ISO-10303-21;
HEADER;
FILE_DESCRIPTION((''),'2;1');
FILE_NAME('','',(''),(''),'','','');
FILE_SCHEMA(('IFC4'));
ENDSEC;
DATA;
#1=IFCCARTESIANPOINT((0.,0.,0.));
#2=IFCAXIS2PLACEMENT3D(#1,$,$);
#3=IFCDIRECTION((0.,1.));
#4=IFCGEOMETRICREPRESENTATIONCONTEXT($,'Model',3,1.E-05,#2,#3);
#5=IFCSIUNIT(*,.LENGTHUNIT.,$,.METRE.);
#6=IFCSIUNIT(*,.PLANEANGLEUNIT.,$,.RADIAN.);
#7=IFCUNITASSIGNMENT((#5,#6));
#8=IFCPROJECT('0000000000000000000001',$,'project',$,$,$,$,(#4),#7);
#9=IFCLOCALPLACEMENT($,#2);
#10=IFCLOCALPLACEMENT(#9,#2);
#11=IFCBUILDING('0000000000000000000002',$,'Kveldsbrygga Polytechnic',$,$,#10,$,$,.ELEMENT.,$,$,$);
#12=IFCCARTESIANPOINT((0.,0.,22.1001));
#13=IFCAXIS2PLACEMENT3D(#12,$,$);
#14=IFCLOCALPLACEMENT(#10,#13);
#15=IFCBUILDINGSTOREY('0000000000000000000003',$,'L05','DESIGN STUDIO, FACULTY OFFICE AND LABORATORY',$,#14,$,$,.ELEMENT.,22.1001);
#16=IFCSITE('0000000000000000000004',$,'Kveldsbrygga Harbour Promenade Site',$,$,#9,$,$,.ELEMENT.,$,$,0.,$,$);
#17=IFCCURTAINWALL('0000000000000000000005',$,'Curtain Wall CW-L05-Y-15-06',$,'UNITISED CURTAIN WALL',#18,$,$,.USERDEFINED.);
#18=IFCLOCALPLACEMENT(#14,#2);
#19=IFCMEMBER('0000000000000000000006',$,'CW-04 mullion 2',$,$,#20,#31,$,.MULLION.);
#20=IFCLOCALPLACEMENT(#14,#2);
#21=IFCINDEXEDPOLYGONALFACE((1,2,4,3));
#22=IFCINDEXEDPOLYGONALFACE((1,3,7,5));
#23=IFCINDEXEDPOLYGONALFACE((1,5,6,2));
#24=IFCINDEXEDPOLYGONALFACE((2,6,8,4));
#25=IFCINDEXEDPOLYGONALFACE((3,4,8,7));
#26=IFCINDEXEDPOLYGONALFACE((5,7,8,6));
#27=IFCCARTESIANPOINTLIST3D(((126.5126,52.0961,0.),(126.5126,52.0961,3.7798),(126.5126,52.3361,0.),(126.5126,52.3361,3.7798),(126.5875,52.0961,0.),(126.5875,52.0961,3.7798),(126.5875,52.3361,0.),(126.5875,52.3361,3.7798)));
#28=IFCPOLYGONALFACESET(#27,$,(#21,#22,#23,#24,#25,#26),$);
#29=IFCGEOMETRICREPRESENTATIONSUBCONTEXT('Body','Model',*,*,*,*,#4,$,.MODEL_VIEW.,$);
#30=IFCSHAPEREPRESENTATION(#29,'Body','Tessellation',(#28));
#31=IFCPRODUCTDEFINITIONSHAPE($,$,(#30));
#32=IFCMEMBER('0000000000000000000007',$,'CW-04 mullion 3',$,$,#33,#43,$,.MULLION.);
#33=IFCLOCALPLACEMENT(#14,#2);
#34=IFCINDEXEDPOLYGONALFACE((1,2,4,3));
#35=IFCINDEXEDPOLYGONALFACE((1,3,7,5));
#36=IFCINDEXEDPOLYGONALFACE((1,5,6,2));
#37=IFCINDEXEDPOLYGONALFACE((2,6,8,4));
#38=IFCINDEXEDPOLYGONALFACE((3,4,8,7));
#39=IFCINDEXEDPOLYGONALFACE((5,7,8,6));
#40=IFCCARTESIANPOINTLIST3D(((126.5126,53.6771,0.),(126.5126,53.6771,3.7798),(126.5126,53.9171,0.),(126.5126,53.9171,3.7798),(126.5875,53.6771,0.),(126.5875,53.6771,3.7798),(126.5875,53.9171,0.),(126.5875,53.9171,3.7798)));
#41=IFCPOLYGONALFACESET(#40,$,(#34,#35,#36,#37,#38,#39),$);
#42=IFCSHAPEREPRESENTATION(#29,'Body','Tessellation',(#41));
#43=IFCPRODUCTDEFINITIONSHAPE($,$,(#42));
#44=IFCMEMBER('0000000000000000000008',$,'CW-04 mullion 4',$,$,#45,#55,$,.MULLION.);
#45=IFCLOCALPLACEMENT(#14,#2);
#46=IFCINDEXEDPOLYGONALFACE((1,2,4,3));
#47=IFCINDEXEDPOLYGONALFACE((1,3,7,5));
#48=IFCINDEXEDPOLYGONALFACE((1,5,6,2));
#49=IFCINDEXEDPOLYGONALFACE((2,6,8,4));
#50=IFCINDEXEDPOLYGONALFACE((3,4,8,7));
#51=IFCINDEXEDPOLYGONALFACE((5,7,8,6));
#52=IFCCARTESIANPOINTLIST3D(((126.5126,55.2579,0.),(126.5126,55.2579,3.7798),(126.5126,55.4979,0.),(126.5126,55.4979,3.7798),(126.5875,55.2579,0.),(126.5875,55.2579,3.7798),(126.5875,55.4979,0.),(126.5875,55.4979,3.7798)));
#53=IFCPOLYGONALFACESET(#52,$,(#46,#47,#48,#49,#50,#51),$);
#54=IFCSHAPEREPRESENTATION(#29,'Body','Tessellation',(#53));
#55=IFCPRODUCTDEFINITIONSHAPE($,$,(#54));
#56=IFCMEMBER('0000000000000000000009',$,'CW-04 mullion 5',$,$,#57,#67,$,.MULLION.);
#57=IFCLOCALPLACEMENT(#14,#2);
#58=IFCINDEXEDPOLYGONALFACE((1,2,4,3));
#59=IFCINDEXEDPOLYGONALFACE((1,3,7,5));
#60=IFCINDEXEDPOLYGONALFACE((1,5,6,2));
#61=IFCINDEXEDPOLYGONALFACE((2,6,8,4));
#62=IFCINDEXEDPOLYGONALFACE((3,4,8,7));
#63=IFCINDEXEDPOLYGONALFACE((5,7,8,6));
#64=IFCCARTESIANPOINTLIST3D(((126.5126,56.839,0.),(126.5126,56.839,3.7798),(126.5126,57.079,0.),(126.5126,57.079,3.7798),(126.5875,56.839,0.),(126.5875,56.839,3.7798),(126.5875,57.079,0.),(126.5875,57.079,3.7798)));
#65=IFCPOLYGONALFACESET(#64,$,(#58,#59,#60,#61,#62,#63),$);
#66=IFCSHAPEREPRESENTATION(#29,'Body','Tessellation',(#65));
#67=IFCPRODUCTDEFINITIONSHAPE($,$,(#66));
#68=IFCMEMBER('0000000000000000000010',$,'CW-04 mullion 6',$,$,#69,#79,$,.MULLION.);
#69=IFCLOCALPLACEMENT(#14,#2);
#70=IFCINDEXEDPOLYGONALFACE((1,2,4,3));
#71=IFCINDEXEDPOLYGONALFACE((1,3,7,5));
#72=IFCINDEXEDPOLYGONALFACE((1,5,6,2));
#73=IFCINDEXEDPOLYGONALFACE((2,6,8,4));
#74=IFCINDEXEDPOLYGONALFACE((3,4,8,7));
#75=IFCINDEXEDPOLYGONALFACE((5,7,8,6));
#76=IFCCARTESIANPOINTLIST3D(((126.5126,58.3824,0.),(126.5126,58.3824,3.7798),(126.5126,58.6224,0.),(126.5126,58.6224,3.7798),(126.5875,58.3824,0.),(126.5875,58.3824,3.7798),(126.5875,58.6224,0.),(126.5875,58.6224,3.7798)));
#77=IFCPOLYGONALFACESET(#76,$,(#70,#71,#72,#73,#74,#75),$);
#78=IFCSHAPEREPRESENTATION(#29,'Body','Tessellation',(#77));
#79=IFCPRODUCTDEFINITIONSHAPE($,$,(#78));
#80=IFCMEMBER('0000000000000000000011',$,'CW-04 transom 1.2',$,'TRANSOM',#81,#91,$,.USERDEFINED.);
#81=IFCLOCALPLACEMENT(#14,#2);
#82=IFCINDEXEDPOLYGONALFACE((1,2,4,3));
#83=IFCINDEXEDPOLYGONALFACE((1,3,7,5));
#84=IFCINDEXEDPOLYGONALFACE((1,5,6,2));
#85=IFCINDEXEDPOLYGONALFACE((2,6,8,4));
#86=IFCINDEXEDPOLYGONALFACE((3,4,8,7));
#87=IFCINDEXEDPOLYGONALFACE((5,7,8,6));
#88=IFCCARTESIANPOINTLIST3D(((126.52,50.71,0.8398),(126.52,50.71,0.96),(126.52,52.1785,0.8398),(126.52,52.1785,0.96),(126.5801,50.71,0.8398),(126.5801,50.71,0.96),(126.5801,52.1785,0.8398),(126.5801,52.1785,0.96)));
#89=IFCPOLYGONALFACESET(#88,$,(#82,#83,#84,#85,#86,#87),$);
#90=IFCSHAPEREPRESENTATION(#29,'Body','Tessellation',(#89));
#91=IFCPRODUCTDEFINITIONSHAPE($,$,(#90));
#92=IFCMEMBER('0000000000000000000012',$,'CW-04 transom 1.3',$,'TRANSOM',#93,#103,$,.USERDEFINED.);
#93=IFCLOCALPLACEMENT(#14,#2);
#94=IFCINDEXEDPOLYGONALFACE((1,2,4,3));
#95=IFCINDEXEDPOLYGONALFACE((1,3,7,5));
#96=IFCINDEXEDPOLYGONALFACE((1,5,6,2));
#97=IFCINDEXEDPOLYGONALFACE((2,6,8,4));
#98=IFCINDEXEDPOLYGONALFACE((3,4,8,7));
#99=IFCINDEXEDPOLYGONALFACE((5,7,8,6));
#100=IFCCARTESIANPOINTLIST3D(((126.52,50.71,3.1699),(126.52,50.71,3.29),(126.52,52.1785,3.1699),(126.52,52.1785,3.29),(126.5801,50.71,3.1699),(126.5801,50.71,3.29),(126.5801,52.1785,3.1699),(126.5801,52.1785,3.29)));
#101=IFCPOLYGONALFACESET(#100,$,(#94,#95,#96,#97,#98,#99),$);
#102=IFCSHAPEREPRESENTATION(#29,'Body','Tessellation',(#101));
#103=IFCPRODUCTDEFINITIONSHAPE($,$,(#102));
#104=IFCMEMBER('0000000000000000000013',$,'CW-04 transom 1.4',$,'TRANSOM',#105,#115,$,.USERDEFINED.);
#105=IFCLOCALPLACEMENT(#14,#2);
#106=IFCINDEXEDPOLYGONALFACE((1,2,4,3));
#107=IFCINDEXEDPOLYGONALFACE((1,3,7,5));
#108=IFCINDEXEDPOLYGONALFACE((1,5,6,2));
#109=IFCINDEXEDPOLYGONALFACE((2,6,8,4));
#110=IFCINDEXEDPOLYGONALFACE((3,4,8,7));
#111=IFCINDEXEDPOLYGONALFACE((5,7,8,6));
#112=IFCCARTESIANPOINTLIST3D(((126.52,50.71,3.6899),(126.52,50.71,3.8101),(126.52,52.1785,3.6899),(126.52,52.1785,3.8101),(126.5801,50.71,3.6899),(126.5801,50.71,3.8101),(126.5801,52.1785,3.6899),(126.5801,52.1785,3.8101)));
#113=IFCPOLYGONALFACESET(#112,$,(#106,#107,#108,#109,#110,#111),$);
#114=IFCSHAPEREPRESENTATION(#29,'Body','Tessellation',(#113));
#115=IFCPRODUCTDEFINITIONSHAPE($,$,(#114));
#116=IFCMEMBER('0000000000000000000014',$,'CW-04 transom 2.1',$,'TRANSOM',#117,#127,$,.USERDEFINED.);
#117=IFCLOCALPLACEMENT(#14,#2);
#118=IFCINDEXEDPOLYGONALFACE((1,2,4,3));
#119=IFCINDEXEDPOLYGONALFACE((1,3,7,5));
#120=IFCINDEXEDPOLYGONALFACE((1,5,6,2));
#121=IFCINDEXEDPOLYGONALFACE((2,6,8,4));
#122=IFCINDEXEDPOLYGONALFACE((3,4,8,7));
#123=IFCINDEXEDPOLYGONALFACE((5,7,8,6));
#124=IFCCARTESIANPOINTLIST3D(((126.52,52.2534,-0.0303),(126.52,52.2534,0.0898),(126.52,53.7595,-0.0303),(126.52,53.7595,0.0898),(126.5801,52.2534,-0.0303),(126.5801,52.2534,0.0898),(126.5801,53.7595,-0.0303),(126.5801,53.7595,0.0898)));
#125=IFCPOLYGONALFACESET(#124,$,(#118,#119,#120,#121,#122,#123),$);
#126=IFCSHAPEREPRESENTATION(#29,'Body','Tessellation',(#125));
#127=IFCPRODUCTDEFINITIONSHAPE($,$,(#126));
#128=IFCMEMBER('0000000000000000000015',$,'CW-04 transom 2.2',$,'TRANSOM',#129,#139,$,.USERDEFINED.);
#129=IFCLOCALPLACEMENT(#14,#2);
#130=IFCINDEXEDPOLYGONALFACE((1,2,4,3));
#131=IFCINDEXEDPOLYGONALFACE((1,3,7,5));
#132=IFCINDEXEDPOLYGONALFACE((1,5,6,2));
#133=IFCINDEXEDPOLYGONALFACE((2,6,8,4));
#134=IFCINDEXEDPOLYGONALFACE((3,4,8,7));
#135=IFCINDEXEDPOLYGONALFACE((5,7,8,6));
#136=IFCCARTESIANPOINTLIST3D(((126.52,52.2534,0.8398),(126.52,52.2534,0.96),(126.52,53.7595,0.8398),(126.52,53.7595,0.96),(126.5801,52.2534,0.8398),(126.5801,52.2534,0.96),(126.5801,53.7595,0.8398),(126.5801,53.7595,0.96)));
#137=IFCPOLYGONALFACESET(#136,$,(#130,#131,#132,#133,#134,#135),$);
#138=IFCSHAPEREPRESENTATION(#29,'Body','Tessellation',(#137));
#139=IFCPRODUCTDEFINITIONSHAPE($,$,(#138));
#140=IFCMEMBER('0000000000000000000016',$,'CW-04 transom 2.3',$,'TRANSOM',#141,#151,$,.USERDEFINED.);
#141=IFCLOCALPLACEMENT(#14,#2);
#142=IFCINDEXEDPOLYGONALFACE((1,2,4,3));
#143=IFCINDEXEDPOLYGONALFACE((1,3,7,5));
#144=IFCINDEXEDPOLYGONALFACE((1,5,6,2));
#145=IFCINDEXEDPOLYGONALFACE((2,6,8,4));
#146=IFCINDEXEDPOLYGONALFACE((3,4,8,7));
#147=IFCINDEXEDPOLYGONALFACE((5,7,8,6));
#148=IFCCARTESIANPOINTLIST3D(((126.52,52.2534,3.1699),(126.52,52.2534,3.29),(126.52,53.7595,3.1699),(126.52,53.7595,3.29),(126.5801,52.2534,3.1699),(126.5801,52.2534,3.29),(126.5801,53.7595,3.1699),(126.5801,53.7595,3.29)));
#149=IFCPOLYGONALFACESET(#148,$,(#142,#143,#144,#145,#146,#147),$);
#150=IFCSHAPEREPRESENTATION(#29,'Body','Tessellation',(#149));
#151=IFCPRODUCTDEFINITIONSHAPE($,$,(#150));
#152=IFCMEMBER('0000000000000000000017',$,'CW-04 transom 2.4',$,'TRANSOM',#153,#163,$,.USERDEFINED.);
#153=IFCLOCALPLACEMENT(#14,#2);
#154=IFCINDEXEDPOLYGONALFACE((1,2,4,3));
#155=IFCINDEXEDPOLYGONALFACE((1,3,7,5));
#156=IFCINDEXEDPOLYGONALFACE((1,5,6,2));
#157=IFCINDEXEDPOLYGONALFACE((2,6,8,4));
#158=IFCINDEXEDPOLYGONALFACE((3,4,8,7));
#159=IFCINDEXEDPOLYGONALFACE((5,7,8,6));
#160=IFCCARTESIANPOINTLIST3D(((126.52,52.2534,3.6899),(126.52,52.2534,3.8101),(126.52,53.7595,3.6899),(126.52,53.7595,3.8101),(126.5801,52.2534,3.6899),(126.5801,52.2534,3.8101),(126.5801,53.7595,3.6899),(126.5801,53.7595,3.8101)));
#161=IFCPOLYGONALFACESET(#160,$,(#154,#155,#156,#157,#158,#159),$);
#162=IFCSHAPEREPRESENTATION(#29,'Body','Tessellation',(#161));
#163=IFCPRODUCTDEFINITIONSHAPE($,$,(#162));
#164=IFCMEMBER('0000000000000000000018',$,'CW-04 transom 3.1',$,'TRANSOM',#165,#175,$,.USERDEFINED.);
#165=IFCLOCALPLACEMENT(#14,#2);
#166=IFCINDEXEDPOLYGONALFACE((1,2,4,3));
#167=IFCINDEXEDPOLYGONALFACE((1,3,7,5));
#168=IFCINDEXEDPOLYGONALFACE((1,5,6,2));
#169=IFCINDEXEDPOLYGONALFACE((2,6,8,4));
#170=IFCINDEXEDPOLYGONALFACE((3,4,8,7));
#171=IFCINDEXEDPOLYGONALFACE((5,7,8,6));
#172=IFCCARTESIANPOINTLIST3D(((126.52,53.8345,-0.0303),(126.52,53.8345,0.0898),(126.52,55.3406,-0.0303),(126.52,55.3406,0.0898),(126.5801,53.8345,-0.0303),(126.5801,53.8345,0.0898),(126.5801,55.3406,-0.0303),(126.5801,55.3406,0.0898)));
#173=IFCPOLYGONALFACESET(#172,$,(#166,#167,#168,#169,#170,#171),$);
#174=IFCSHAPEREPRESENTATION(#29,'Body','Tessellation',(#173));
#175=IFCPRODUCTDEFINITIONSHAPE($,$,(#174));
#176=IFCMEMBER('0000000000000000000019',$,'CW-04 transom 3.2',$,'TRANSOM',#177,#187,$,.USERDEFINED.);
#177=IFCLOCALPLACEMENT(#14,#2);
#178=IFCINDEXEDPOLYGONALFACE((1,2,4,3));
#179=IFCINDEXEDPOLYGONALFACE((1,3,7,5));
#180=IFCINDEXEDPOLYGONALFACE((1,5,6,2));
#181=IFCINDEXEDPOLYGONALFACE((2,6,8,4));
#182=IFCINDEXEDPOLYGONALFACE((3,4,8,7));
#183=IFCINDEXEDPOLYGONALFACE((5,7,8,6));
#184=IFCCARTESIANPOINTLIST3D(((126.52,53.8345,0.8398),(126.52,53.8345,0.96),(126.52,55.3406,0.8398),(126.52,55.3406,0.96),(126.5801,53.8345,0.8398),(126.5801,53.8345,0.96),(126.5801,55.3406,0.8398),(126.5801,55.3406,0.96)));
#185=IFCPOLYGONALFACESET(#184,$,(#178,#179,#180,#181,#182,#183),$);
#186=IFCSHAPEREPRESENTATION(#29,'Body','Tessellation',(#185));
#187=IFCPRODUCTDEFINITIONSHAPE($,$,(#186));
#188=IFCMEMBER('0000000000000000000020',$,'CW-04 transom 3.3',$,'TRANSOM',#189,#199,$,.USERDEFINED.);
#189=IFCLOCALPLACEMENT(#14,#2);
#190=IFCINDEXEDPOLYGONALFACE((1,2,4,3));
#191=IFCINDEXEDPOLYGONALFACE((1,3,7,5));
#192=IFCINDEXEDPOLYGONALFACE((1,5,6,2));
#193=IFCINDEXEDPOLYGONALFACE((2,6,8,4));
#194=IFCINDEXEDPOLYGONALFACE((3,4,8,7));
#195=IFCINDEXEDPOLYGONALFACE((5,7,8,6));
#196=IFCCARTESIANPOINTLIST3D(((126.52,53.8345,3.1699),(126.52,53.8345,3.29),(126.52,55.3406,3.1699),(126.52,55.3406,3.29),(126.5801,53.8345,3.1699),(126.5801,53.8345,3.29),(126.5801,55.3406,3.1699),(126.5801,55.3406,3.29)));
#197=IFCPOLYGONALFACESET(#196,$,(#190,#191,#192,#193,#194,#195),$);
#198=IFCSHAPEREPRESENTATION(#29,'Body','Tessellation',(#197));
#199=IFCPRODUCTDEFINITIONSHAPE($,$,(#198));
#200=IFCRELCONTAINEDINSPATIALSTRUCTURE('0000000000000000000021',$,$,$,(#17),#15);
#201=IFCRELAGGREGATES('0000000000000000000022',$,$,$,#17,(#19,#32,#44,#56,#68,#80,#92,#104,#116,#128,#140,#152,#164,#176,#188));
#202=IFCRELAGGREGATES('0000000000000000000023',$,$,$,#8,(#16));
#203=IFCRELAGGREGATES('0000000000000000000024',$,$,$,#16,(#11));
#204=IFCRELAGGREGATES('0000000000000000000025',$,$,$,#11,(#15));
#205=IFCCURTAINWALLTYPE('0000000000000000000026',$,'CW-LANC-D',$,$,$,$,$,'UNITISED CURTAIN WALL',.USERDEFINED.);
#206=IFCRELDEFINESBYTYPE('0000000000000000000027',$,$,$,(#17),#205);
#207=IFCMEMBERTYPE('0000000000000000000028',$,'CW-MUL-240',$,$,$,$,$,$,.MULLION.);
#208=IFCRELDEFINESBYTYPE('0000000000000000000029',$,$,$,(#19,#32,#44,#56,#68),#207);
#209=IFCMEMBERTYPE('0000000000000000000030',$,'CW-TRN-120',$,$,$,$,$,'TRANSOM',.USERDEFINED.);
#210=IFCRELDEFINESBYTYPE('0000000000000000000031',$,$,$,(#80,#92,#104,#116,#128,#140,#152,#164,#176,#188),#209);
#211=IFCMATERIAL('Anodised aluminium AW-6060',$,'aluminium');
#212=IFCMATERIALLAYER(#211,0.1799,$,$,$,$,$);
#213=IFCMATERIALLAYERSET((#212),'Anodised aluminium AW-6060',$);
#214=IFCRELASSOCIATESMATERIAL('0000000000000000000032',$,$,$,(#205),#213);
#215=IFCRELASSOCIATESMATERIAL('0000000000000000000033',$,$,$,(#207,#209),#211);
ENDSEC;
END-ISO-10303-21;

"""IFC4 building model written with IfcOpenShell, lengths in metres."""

from ifc_helpers import new_model, si_unit, direction, frame, origin, origin_2d, place, context, subcontext, project, spatial, rectangle, extrude, material, layer, layer_set, material_profile, profile_set, type_object, element, aggregate, save


model = new_model("IFC4")

# Units and contexts
model_context = context("Model", 3, precision=1e-05, world=origin(), true_north=direction((0.0, 1.0)))
body_context = subcontext(model_context, "Body", "Model", "MODEL_VIEW")
ifc_project = project(units=[si_unit("LENGTHUNIT", "METRE"), si_unit("PLANEANGLEUNIT", "RADIAN")], contexts=[model_context])

# Site, building, storey
site_placement = place(None, origin())
site = spatial("IfcSite", under=ifc_project, at=site_placement, Name="Kveldsbrygga Harbour Promenade Site", CompositionType="ELEMENT", RefElevation=0.0)
building_placement = place(site_placement, origin())
building = spatial("IfcBuilding", under=site, at=building_placement, Name="Kveldsbrygga Polytechnic", CompositionType="ELEMENT")
storey_placement = place(building_placement, frame((0.0, 0.0, 22.1001)))
storey = spatial("IfcBuildingStorey", under=building, at=storey_placement, Name="L05", Description="DESIGN STUDIO, FACULTY OFFICE AND LABORATORY", CompositionType="ELEMENT", Elevation=22.1001)

# Curtain wall, members
ifc_material_1 = material(Name="Anodised aluminium AW-6060", Category="aluminium")
ifc_layer_1 = layer(ifc_material_1, 0.1799)
ifc_layer_set_1 = layer_set([ifc_layer_1], Name="Anodised aluminium AW-6060")
curtain_wall_type = type_object("IfcCurtainWallType", Name="CW-LANC-D", ElementType="UNITISED CURTAIN WALL", PredefinedType="USERDEFINED", material=ifc_layer_set_1)
curtain_wall_placement = place(storey_placement, origin())
curtain_wall = element("IfcCurtainWall", 1, at=curtain_wall_placement, inside=storey, type_object=curtain_wall_type, Name="Curtain Wall CW-L05-Y-15-06", ObjectType="UNITISED CURTAIN WALL", PredefinedType="USERDEFINED")
ifc_material_profile_1 = material_profile(ifc_material_1, rectangle(XDim=0.075, YDim=0.24, at=origin_2d()), Name="ALU 75x240")
ifc_profile_set_1 = profile_set([ifc_material_profile_1], Name="Anodised aluminium AW-6060")
member_type_1 = type_object("IfcMemberType", Name="CW-MUL-240", PredefinedType="MULLION", material=ifc_profile_set_1)
member_1_placement = place(storey_placement, frame((126.55, 52.2161, 0.0), z_axis=(0.0, 0.0, 1.0), x_axis=(-1.0, 0.0, 0.0)))
member_1 = element("IfcMember", 2, at=member_1_placement, type_object=member_type_1, Name="CW-04 mullion 2", PredefinedType="MULLION", context=body_context, shape_type="SweptSolid", body=[
    extrude(rectangle(XDim=0.075, YDim=0.24, at=origin_2d()), origin(), (0.0, 0.0, 1.0), 3.7798),
])
member_2_placement = place(storey_placement, frame((126.55, 53.7971, 0.0), z_axis=(0.0, 0.0, 1.0), x_axis=(-1.0, 0.0, 0.0)))
member_2 = element("IfcMember", 3, at=member_2_placement, type_object=member_type_1, Name="CW-04 mullion 3", PredefinedType="MULLION", context=body_context, shape_type="SweptSolid", body=[
    extrude(rectangle(XDim=0.075, YDim=0.24, at=origin_2d()), origin(), (0.0, 0.0, 1.0), 3.7798),
])
member_3_placement = place(storey_placement, frame((126.55, 55.3779, 0.0), z_axis=(0.0, 0.0, 1.0), x_axis=(-1.0, 0.0, 0.0)))
member_3 = element("IfcMember", 4, at=member_3_placement, type_object=member_type_1, Name="CW-04 mullion 4", PredefinedType="MULLION", context=body_context, shape_type="SweptSolid", body=[
    extrude(rectangle(XDim=0.075, YDim=0.24, at=origin_2d()), origin(), (0.0, 0.0, 1.0), 3.7798),
])
member_4_placement = place(storey_placement, frame((126.55, 56.959, 0.0), z_axis=(0.0, 0.0, 1.0), x_axis=(-1.0, 0.0, 0.0)))
member_4 = element("IfcMember", 5, at=member_4_placement, type_object=member_type_1, Name="CW-04 mullion 5", PredefinedType="MULLION", context=body_context, shape_type="SweptSolid", body=[
    extrude(rectangle(XDim=0.075, YDim=0.24, at=origin_2d()), origin(), (0.0, 0.0, 1.0), 3.7798),
])
member_5_placement = place(storey_placement, frame((126.55, 58.5024, 0.0), z_axis=(0.0, 0.0, 1.0), x_axis=(-1.0, 0.0, 0.0)))
member_5 = element("IfcMember", 6, at=member_5_placement, type_object=member_type_1, Name="CW-04 mullion 6", PredefinedType="MULLION", context=body_context, shape_type="SweptSolid", body=[
    extrude(rectangle(XDim=0.075, YDim=0.24, at=origin_2d()), origin(), (0.0, 0.0, 1.0), 3.7798),
])
ifc_material_profile_2 = material_profile(ifc_material_1, rectangle(XDim=0.0601, YDim=0.1201, at=origin_2d()), Name="ALU 60x120")
ifc_profile_set_2 = profile_set([ifc_material_profile_2], Name="Anodised aluminium AW-6060")
member_type_2 = type_object("IfcMemberType", Name="CW-TRN-120", ElementType="TRANSOM", PredefinedType="USERDEFINED", material=ifc_profile_set_2)
member_6_placement = place(storey_placement, frame((126.55, 50.71, 0.8999), z_axis=(0.0, 1.0, 0.0), x_axis=(-1.0, 0.0, 0.0)))
member_6 = element("IfcMember", 7, at=member_6_placement, type_object=member_type_2, Name="CW-04 transom 1.2", ObjectType="TRANSOM", PredefinedType="USERDEFINED", context=body_context, shape_type="SweptSolid", body=[
    extrude(rectangle(XDim=0.0601, YDim=0.1201, at=origin_2d()), origin(), (0.0, 0.0, 1.0), 1.4685),
])
member_7_placement = place(storey_placement, frame((126.55, 50.71, 3.23), z_axis=(0.0, 1.0, 0.0), x_axis=(-1.0, 0.0, 0.0)))
member_7 = element("IfcMember", 8, at=member_7_placement, type_object=member_type_2, Name="CW-04 transom 1.3", ObjectType="TRANSOM", PredefinedType="USERDEFINED", context=body_context, shape_type="SweptSolid", body=[
    extrude(rectangle(XDim=0.0601, YDim=0.1201, at=origin_2d()), origin(), (0.0, 0.0, 1.0), 1.4685),
])
member_8_placement = place(storey_placement, frame((126.55, 50.71, 3.75), z_axis=(0.0, 1.0, 0.0), x_axis=(-1.0, 0.0, 0.0)))
member_8 = element("IfcMember", 9, at=member_8_placement, type_object=member_type_2, Name="CW-04 transom 1.4", ObjectType="TRANSOM", PredefinedType="USERDEFINED", context=body_context, shape_type="SweptSolid", body=[
    extrude(rectangle(XDim=0.0601, YDim=0.1201, at=origin_2d()), origin(), (0.0, 0.0, 1.0), 1.4685),
])
member_9_placement = place(storey_placement, frame((126.55, 52.2534, 0.0298), z_axis=(0.0, 1.0, 0.0), x_axis=(-1.0, 0.0, 0.0)))
member_9 = element("IfcMember", 10, at=member_9_placement, type_object=member_type_2, Name="CW-04 transom 2.1", ObjectType="TRANSOM", PredefinedType="USERDEFINED", context=body_context, shape_type="SweptSolid", body=[
    extrude(rectangle(XDim=0.0601, YDim=0.1201, at=origin_2d()), origin(), (0.0, 0.0, 1.0), 1.5061),
])
member_10_placement = place(storey_placement, frame((126.55, 52.2534, 0.8999), z_axis=(0.0, 1.0, 0.0), x_axis=(-1.0, 0.0, 0.0)))
member_10 = element("IfcMember", 11, at=member_10_placement, type_object=member_type_2, Name="CW-04 transom 2.2", ObjectType="TRANSOM", PredefinedType="USERDEFINED", context=body_context, shape_type="SweptSolid", body=[
    extrude(rectangle(XDim=0.0601, YDim=0.1201, at=origin_2d()), origin(), (0.0, 0.0, 1.0), 1.5061),
])
member_11_placement = place(storey_placement, frame((126.55, 52.2534, 3.23), z_axis=(0.0, 1.0, 0.0), x_axis=(-1.0, 0.0, 0.0)))
member_11 = element("IfcMember", 12, at=member_11_placement, type_object=member_type_2, Name="CW-04 transom 2.3", ObjectType="TRANSOM", PredefinedType="USERDEFINED", context=body_context, shape_type="SweptSolid", body=[
    extrude(rectangle(XDim=0.0601, YDim=0.1201, at=origin_2d()), origin(), (0.0, 0.0, 1.0), 1.5061),
])
member_12_placement = place(storey_placement, frame((126.55, 52.2534, 3.75), z_axis=(0.0, 1.0, 0.0), x_axis=(-1.0, 0.0, 0.0)))
member_12 = element("IfcMember", 13, at=member_12_placement, type_object=member_type_2, Name="CW-04 transom 2.4", ObjectType="TRANSOM", PredefinedType="USERDEFINED", context=body_context, shape_type="SweptSolid", body=[
    extrude(rectangle(XDim=0.0601, YDim=0.1201, at=origin_2d()), origin(), (0.0, 0.0, 1.0), 1.5061),
])
member_13_placement = place(storey_placement, frame((126.55, 53.8345, 0.0298), z_axis=(0.0, 1.0, 0.0), x_axis=(-1.0, 0.0, 0.0)))
member_13 = element("IfcMember", 14, at=member_13_placement, type_object=member_type_2, Name="CW-04 transom 3.1", ObjectType="TRANSOM", PredefinedType="USERDEFINED", context=body_context, shape_type="SweptSolid", body=[
    extrude(rectangle(XDim=0.0601, YDim=0.1201, at=origin_2d()), origin(), (0.0, 0.0, 1.0), 1.5061),
])
member_14_placement = place(storey_placement, frame((126.55, 53.8345, 0.8999), z_axis=(0.0, 1.0, 0.0), x_axis=(-1.0, 0.0, 0.0)))
member_14 = element("IfcMember", 15, at=member_14_placement, type_object=member_type_2, Name="CW-04 transom 3.2", ObjectType="TRANSOM", PredefinedType="USERDEFINED", context=body_context, shape_type="SweptSolid", body=[
    extrude(rectangle(XDim=0.0601, YDim=0.1201, at=origin_2d()), origin(), (0.0, 0.0, 1.0), 1.5061),
])
member_15_placement = place(storey_placement, frame((126.55, 53.8345, 3.23), z_axis=(0.0, 1.0, 0.0), x_axis=(-1.0, 0.0, 0.0)))
member_15 = element("IfcMember", 16, at=member_15_placement, type_object=member_type_2, Name="CW-04 transom 3.3", ObjectType="TRANSOM", PredefinedType="USERDEFINED", context=body_context, shape_type="SweptSolid", body=[
    extrude(rectangle(XDim=0.0601, YDim=0.1201, at=origin_2d()), origin(), (0.0, 0.0, 1.0), 1.5061),
])
aggregate(curtain_wall, [member_1, member_2, member_3, member_4, member_5, member_6, member_7, member_8, member_9, member_10, member_11, member_12, member_13, member_14, member_15])

save(model, "model.ifc")
